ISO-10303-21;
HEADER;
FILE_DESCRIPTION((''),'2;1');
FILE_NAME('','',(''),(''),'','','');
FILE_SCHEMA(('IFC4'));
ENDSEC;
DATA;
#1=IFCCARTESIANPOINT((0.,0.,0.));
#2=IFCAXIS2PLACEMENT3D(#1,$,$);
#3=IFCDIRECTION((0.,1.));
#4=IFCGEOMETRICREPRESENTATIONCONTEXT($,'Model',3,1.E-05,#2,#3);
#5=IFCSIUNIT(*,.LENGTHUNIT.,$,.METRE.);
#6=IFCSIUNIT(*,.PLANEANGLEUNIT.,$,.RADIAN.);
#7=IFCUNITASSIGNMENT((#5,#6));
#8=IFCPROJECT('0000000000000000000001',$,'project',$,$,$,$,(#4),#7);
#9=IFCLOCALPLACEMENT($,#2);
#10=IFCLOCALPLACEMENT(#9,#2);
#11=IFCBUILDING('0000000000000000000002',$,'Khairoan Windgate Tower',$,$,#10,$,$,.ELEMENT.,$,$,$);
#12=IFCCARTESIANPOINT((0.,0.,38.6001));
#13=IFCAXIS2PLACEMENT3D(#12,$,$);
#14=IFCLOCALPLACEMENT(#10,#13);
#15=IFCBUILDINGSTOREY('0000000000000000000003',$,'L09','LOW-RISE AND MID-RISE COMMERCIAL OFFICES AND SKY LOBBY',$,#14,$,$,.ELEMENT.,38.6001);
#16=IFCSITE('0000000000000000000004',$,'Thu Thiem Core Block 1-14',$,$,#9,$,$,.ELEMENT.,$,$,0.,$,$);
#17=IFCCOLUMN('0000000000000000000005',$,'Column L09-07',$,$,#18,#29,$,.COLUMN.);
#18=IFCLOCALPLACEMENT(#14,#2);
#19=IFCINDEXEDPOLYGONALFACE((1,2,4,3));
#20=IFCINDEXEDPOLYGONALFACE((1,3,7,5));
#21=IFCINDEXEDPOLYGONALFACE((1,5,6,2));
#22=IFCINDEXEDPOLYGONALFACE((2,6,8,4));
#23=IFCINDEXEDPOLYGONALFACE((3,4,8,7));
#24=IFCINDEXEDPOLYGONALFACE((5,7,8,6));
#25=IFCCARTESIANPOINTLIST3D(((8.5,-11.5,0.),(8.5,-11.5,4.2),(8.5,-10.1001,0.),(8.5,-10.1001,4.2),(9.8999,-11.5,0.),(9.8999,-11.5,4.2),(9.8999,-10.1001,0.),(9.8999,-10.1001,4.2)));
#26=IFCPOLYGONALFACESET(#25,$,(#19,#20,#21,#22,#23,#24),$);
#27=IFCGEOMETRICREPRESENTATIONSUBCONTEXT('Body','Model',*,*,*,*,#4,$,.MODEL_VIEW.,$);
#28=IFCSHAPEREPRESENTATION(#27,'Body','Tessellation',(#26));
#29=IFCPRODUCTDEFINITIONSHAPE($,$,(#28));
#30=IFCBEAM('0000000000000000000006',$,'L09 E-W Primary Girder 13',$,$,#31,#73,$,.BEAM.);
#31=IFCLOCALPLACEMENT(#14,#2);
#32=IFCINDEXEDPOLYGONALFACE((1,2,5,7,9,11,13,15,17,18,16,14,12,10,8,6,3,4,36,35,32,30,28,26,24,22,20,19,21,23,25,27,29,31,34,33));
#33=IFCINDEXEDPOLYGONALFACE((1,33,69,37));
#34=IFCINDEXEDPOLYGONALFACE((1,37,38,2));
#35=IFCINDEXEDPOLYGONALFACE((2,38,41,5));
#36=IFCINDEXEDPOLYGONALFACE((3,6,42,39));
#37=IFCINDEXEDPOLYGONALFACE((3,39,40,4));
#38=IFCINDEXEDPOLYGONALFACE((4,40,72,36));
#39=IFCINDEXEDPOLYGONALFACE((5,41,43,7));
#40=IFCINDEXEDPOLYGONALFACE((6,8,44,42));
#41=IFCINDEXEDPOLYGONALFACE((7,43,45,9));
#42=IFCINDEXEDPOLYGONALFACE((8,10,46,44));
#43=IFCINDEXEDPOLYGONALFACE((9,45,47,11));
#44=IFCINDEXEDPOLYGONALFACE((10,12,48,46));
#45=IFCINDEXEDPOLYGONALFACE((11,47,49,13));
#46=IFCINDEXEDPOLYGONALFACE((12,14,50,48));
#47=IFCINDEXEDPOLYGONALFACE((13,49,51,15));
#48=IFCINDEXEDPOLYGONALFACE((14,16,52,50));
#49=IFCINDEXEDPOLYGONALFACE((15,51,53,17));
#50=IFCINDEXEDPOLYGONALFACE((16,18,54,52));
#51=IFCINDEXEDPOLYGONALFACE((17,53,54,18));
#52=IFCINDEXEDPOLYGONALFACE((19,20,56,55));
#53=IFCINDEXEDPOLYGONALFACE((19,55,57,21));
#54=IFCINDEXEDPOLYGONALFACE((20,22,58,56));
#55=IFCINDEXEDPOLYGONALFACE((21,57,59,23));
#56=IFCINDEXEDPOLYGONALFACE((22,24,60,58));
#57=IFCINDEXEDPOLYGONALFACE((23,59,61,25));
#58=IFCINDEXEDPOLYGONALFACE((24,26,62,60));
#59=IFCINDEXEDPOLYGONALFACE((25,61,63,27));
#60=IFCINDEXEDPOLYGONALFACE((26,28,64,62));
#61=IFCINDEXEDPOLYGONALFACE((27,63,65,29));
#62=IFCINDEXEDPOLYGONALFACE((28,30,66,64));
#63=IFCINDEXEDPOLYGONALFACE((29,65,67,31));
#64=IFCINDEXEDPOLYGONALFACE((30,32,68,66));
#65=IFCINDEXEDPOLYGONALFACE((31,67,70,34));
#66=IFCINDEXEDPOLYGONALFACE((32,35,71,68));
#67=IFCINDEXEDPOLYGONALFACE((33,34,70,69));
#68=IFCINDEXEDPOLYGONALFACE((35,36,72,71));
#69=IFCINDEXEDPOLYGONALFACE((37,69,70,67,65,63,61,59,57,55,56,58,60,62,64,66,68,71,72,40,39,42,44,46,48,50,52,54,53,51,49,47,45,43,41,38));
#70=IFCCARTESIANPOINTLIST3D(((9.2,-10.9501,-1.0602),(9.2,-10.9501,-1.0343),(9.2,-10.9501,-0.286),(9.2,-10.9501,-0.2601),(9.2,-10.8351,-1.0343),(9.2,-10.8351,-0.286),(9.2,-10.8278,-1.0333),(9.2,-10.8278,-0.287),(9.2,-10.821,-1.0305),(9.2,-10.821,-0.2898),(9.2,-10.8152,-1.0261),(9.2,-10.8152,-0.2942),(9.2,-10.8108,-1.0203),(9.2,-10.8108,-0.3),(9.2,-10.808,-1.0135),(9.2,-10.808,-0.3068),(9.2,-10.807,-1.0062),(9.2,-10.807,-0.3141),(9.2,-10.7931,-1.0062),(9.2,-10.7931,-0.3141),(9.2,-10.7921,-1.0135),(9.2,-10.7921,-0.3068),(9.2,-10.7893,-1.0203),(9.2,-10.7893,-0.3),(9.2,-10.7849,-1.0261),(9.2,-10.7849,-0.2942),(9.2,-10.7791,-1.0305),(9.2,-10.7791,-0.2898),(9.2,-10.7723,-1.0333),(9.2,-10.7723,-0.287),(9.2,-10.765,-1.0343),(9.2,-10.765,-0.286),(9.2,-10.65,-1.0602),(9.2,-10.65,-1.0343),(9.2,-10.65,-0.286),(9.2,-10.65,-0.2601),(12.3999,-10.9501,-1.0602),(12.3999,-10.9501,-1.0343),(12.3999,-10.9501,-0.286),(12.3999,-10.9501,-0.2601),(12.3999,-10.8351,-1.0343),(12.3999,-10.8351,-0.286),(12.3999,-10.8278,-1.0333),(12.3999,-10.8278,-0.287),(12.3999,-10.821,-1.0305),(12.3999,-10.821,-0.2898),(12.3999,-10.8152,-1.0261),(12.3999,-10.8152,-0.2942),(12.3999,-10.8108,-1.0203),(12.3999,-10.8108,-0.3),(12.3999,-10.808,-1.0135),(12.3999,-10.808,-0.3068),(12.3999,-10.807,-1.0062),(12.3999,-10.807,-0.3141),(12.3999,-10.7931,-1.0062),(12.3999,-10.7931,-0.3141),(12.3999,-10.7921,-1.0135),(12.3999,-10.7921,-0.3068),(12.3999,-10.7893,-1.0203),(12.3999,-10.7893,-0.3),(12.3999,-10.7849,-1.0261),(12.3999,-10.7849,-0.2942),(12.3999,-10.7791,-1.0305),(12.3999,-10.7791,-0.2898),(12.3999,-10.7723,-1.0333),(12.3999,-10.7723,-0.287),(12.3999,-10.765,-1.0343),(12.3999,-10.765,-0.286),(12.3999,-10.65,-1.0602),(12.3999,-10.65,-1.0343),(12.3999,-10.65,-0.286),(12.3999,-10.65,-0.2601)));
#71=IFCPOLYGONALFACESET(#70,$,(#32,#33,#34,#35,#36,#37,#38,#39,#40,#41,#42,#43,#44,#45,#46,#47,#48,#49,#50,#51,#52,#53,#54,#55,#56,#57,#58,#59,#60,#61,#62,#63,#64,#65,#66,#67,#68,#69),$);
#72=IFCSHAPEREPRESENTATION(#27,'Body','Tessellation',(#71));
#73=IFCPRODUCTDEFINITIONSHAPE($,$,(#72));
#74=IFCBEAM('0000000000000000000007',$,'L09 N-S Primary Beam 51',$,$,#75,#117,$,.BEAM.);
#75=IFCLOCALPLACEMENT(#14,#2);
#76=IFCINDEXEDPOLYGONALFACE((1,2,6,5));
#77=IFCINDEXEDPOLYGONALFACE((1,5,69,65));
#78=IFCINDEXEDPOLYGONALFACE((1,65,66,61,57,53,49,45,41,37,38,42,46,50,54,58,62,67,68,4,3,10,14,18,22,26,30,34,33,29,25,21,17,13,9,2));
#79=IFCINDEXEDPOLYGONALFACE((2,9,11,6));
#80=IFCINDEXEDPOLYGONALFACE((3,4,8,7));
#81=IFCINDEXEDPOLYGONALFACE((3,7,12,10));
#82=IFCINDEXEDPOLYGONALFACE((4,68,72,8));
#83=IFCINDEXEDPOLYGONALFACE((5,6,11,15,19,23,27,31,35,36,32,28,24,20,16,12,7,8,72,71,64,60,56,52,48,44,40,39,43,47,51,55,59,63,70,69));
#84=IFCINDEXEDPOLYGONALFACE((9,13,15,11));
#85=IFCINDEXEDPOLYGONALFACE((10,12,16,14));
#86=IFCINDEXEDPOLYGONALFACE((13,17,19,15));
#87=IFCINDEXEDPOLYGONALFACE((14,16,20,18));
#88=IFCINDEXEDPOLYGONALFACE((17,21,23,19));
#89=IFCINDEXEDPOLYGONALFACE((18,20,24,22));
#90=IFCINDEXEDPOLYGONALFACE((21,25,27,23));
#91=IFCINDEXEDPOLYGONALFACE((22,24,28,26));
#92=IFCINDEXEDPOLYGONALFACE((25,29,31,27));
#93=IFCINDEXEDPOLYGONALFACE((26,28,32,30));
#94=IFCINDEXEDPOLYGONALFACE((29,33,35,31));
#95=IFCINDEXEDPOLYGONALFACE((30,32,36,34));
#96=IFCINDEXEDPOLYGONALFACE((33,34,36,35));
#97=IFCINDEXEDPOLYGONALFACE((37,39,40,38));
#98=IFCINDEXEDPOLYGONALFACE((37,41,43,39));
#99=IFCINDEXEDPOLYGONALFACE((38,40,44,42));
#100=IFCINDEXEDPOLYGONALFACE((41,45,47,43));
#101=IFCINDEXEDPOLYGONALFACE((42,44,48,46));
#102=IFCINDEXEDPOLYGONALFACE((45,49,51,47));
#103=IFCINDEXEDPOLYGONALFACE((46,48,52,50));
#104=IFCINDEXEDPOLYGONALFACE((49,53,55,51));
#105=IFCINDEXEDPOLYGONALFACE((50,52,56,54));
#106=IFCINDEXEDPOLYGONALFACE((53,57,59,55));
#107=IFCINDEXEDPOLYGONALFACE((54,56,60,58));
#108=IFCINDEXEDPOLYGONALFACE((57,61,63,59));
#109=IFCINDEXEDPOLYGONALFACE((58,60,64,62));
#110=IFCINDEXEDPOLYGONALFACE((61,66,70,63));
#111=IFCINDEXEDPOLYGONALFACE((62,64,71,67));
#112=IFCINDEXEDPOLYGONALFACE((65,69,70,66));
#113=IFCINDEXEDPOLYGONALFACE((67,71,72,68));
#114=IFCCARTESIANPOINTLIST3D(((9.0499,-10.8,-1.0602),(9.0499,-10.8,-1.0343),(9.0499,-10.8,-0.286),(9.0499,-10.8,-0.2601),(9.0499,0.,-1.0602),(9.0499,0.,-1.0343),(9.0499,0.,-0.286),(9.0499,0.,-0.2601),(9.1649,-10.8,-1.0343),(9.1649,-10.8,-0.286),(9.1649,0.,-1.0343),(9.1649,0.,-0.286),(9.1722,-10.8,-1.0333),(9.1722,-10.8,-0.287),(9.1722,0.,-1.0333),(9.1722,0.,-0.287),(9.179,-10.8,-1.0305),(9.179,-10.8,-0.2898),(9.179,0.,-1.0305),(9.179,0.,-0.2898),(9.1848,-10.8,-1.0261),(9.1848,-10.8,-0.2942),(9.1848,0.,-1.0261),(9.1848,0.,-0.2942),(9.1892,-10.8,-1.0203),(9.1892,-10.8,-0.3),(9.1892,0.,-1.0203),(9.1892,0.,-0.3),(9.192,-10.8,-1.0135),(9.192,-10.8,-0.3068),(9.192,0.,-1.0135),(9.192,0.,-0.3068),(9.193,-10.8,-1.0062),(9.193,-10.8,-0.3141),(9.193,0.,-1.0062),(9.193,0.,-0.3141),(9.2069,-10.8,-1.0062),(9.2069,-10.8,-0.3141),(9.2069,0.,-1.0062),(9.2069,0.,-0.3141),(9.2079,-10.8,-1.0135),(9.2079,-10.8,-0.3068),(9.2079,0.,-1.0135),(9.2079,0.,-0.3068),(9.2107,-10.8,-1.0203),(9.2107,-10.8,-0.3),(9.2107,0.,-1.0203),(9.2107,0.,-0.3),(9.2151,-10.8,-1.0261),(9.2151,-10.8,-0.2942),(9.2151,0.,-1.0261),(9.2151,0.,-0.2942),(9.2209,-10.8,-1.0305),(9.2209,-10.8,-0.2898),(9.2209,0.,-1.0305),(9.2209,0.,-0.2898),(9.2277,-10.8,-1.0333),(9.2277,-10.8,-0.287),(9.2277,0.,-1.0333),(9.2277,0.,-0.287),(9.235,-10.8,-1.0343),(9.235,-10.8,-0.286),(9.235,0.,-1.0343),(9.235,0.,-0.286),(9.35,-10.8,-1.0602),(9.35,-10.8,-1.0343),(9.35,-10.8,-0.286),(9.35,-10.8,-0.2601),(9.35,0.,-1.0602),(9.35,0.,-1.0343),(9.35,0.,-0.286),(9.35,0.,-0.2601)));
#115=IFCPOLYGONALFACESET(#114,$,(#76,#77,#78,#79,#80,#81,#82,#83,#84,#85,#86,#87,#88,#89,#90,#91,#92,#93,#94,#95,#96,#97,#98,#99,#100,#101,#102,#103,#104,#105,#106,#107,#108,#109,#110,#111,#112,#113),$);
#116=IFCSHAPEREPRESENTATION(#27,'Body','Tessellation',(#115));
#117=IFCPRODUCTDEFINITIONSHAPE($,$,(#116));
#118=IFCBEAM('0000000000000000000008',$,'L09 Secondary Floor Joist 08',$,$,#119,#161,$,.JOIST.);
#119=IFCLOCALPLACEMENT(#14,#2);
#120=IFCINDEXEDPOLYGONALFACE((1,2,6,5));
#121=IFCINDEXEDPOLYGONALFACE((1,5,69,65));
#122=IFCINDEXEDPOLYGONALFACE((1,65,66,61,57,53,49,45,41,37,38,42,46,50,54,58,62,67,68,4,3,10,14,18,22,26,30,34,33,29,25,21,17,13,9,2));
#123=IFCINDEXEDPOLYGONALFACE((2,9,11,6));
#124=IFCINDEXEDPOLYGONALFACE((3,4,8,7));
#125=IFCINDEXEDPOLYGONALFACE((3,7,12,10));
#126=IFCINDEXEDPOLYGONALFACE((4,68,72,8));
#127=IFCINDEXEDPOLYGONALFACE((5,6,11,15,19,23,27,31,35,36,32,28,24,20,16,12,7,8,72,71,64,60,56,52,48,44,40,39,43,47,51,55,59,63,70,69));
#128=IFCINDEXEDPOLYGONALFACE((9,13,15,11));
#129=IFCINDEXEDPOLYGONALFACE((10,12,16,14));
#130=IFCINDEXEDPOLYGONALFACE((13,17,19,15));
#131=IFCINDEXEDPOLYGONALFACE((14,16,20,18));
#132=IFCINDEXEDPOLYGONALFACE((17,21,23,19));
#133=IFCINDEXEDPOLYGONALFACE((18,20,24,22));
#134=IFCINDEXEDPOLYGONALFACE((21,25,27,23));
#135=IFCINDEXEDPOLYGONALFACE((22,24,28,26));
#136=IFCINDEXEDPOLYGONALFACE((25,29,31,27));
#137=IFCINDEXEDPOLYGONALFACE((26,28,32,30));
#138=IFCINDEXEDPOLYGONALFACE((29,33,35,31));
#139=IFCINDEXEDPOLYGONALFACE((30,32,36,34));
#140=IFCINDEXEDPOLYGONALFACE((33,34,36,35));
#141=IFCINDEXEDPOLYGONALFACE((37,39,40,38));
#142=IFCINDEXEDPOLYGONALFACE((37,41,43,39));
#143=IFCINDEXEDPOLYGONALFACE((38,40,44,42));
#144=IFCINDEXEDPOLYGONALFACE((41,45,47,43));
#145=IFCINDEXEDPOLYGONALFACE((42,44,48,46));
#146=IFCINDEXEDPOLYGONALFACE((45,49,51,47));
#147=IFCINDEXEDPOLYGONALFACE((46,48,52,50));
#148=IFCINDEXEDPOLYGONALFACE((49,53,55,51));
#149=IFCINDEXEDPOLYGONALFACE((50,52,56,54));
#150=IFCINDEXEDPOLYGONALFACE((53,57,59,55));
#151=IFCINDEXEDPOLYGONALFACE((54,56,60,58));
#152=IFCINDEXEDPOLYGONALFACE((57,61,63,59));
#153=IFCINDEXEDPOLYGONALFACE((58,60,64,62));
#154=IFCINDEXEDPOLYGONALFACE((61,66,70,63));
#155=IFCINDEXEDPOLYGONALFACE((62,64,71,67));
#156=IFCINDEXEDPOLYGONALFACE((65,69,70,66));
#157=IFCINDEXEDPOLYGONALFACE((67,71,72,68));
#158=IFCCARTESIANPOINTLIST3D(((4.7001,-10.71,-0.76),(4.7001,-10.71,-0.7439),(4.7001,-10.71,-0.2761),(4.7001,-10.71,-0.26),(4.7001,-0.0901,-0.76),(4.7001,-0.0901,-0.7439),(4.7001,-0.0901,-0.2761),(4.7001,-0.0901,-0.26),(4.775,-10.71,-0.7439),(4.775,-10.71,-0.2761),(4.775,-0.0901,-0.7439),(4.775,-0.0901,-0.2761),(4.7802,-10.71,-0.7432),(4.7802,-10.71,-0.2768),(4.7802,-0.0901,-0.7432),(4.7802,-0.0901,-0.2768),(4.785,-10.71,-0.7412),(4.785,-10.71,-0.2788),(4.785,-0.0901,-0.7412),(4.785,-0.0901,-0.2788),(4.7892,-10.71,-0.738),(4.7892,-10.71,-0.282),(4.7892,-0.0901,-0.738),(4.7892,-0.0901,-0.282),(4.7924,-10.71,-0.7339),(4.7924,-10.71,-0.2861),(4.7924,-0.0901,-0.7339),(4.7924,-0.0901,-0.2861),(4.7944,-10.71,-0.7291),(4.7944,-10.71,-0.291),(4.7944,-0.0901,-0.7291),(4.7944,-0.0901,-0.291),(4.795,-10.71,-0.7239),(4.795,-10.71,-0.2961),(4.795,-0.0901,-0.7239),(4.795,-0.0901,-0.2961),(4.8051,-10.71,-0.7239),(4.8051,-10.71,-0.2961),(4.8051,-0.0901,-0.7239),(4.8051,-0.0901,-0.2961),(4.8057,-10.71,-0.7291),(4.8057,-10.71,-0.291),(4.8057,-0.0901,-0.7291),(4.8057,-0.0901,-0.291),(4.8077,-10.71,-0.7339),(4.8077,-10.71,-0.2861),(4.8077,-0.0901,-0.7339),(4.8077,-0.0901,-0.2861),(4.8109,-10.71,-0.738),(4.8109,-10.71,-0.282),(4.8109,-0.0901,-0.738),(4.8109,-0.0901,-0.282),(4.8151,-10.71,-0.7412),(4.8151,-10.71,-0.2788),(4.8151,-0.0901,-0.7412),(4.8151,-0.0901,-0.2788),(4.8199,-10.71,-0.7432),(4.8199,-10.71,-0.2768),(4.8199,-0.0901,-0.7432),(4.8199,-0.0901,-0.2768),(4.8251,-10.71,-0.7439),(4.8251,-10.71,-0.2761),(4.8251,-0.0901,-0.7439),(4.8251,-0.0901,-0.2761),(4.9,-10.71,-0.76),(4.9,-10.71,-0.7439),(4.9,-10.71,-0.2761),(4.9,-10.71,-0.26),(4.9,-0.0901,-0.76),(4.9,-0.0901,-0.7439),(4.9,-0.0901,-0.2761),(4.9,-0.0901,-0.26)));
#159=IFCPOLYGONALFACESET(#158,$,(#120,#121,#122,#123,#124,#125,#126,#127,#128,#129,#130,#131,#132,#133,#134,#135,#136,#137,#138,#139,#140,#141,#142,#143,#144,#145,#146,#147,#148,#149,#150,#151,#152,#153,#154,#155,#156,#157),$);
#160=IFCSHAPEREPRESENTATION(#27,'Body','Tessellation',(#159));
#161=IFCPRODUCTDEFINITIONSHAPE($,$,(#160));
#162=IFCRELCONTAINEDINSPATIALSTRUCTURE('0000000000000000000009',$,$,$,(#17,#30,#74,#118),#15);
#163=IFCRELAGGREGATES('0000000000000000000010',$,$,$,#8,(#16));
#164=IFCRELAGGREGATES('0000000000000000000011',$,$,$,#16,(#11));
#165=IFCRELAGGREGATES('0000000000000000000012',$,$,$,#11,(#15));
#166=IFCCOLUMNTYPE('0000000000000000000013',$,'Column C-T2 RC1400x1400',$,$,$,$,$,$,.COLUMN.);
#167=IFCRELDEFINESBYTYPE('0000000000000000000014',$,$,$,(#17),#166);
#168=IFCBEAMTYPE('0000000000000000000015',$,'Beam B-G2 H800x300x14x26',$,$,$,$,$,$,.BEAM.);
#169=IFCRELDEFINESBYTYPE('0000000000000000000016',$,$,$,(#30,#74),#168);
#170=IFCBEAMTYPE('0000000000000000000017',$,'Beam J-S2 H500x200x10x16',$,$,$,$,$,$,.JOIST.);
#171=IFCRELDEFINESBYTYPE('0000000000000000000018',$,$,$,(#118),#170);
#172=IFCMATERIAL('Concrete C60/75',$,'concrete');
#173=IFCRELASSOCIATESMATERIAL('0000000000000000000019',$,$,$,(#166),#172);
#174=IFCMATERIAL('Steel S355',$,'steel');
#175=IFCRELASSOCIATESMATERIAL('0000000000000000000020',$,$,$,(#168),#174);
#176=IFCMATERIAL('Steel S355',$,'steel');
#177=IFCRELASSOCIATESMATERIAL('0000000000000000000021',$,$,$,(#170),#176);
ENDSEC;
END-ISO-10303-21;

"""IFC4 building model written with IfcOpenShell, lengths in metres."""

from ifc_helpers import new_model, si_unit, direction, frame, origin, origin_2d, place, context, subcontext, project, spatial, rectangle, i_section, extrude, material, material_profile, profile_set, type_object, element, save


model = new_model("IFC4")

# Units and contexts
model_context = context("Model", 3, precision=1e-05, world=origin(), true_north=direction((0.0, 1.0)))
body_context = subcontext(model_context, "Body", "Model", "MODEL_VIEW")
ifc_project = project(units=[si_unit("LENGTHUNIT", "METRE"), si_unit("PLANEANGLEUNIT", "RADIAN")], contexts=[model_context])

# Site, building, storey
site_placement = place(None, origin())
site = spatial("IfcSite", under=ifc_project, at=site_placement, Name="Thu Thiem Core Block 1-14", CompositionType="ELEMENT", RefElevation=0.0)
building_placement = place(site_placement, origin())
building = spatial("IfcBuilding", under=site, at=building_placement, Name="Khairoan Windgate Tower", CompositionType="ELEMENT")
storey_placement = place(building_placement, frame((0.0, 0.0, 38.6001)))
storey = spatial("IfcBuildingStorey", under=building, at=storey_placement, Name="L09", Description="LOW-RISE AND MID-RISE COMMERCIAL OFFICES AND SKY LOBBY", CompositionType="ELEMENT", Elevation=38.6001)

# Column
ifc_material_1 = material(Name="Concrete C60/75", Category="concrete")
ifc_material_profile_1 = material_profile(ifc_material_1, rectangle(XDim=1.3999, YDim=1.3999, at=origin_2d()))
ifc_profile_set_1 = profile_set([ifc_material_profile_1], Name="Concrete C60/75")
column_type = type_object("IfcColumnType", Name="Column C-T2 RC1400x1400", PredefinedType="COLUMN", material=ifc_profile_set_1)
column_placement = place(storey_placement, frame((9.2, -10.8, 0.0), z_axis=(0.0, 0.0, 1.0), x_axis=(1.0, 0.0, 0.0)))
element("IfcColumn", 1, at=column_placement, inside=storey, type_object=column_type, Name="Column L09-07", PredefinedType="COLUMN", context=body_context, shape_type="SweptSolid", body=[
    extrude(rectangle(XDim=1.3999, YDim=1.3999, at=origin_2d()), origin(), (0.0, 0.0, 1.0), 4.2),
])

# Beams
ifc_material_2 = material(Name="Steel S355", Category="steel")
ifc_material_profile_2 = material_profile(ifc_material_2, i_section(OverallWidth=0.3, OverallDepth=0.8, WebThickness=0.0139, FlangeThickness=0.0259, FilletRadius=0.0281, at=origin_2d()))
ifc_profile_set_2 = profile_set([ifc_material_profile_2], Name="Steel S355")
beam_type_1 = type_object("IfcBeamType", Name="Beam B-G2 H800x300x14x26", PredefinedType="BEAM", material=ifc_profile_set_2)
beam_1_placement = place(storey_placement, frame((9.2, -10.8, -0.6602), z_axis=(1.0, 0.0, 0.0), x_axis=(0.0, 1.0, 0.0)))
element("IfcBeam", 2, at=beam_1_placement, inside=storey, type_object=beam_type_1, Name="L09 E-W Primary Girder 13", PredefinedType="BEAM", context=body_context, shape_type="SweptSolid", body=[
    extrude(i_section(OverallWidth=0.3, OverallDepth=0.8, WebThickness=0.0139, FlangeThickness=0.0259, FilletRadius=0.0281, at=origin_2d()), origin(), (0.0, 0.0, 1.0), 3.2),
])
beam_2_placement = place(storey_placement, frame((9.2, -10.8, -0.6602), z_axis=(0.0, 1.0, 0.0), x_axis=(-1.0, 0.0, 0.0)))
element("IfcBeam", 3, at=beam_2_placement, inside=storey, type_object=beam_type_1, Name="L09 N-S Primary Beam 51", PredefinedType="BEAM", context=body_context, shape_type="SweptSolid", body=[
    extrude(i_section(OverallWidth=0.3, OverallDepth=0.8, WebThickness=0.0139, FlangeThickness=0.0259, FilletRadius=0.0281, at=origin_2d()), origin(), (0.0, 0.0, 1.0), 10.8),
])
ifc_material_3 = material(Name="Steel S355", Category="steel")
ifc_material_profile_3 = material_profile(ifc_material_3, i_section(OverallWidth=0.2, OverallDepth=0.5, WebThickness=0.01, FlangeThickness=0.0161, FilletRadius=0.02, at=origin_2d()))
ifc_profile_set_3 = profile_set([ifc_material_profile_3], Name="Steel S355")
beam_type_2 = type_object("IfcBeamType", Name="Beam J-S2 H500x200x10x16", PredefinedType="JOIST", material=ifc_profile_set_3)
beam_3_placement = place(storey_placement, frame((4.8, -10.71, -0.51), z_axis=(0.0, 1.0, 0.0), x_axis=(-1.0, 0.0, 0.0)))
element("IfcBeam", 4, at=beam_3_placement, inside=storey, type_object=beam_type_2, Name="L09 Secondary Floor Joist 08", PredefinedType="JOIST", context=body_context, shape_type="SweptSolid", body=[
    extrude(i_section(OverallWidth=0.2, OverallDepth=0.5, WebThickness=0.01, FlangeThickness=0.0161, FilletRadius=0.02, at=origin_2d()), origin(), (0.0, 0.0, 1.0), 10.6199),
])

save(model, "model.ifc")
